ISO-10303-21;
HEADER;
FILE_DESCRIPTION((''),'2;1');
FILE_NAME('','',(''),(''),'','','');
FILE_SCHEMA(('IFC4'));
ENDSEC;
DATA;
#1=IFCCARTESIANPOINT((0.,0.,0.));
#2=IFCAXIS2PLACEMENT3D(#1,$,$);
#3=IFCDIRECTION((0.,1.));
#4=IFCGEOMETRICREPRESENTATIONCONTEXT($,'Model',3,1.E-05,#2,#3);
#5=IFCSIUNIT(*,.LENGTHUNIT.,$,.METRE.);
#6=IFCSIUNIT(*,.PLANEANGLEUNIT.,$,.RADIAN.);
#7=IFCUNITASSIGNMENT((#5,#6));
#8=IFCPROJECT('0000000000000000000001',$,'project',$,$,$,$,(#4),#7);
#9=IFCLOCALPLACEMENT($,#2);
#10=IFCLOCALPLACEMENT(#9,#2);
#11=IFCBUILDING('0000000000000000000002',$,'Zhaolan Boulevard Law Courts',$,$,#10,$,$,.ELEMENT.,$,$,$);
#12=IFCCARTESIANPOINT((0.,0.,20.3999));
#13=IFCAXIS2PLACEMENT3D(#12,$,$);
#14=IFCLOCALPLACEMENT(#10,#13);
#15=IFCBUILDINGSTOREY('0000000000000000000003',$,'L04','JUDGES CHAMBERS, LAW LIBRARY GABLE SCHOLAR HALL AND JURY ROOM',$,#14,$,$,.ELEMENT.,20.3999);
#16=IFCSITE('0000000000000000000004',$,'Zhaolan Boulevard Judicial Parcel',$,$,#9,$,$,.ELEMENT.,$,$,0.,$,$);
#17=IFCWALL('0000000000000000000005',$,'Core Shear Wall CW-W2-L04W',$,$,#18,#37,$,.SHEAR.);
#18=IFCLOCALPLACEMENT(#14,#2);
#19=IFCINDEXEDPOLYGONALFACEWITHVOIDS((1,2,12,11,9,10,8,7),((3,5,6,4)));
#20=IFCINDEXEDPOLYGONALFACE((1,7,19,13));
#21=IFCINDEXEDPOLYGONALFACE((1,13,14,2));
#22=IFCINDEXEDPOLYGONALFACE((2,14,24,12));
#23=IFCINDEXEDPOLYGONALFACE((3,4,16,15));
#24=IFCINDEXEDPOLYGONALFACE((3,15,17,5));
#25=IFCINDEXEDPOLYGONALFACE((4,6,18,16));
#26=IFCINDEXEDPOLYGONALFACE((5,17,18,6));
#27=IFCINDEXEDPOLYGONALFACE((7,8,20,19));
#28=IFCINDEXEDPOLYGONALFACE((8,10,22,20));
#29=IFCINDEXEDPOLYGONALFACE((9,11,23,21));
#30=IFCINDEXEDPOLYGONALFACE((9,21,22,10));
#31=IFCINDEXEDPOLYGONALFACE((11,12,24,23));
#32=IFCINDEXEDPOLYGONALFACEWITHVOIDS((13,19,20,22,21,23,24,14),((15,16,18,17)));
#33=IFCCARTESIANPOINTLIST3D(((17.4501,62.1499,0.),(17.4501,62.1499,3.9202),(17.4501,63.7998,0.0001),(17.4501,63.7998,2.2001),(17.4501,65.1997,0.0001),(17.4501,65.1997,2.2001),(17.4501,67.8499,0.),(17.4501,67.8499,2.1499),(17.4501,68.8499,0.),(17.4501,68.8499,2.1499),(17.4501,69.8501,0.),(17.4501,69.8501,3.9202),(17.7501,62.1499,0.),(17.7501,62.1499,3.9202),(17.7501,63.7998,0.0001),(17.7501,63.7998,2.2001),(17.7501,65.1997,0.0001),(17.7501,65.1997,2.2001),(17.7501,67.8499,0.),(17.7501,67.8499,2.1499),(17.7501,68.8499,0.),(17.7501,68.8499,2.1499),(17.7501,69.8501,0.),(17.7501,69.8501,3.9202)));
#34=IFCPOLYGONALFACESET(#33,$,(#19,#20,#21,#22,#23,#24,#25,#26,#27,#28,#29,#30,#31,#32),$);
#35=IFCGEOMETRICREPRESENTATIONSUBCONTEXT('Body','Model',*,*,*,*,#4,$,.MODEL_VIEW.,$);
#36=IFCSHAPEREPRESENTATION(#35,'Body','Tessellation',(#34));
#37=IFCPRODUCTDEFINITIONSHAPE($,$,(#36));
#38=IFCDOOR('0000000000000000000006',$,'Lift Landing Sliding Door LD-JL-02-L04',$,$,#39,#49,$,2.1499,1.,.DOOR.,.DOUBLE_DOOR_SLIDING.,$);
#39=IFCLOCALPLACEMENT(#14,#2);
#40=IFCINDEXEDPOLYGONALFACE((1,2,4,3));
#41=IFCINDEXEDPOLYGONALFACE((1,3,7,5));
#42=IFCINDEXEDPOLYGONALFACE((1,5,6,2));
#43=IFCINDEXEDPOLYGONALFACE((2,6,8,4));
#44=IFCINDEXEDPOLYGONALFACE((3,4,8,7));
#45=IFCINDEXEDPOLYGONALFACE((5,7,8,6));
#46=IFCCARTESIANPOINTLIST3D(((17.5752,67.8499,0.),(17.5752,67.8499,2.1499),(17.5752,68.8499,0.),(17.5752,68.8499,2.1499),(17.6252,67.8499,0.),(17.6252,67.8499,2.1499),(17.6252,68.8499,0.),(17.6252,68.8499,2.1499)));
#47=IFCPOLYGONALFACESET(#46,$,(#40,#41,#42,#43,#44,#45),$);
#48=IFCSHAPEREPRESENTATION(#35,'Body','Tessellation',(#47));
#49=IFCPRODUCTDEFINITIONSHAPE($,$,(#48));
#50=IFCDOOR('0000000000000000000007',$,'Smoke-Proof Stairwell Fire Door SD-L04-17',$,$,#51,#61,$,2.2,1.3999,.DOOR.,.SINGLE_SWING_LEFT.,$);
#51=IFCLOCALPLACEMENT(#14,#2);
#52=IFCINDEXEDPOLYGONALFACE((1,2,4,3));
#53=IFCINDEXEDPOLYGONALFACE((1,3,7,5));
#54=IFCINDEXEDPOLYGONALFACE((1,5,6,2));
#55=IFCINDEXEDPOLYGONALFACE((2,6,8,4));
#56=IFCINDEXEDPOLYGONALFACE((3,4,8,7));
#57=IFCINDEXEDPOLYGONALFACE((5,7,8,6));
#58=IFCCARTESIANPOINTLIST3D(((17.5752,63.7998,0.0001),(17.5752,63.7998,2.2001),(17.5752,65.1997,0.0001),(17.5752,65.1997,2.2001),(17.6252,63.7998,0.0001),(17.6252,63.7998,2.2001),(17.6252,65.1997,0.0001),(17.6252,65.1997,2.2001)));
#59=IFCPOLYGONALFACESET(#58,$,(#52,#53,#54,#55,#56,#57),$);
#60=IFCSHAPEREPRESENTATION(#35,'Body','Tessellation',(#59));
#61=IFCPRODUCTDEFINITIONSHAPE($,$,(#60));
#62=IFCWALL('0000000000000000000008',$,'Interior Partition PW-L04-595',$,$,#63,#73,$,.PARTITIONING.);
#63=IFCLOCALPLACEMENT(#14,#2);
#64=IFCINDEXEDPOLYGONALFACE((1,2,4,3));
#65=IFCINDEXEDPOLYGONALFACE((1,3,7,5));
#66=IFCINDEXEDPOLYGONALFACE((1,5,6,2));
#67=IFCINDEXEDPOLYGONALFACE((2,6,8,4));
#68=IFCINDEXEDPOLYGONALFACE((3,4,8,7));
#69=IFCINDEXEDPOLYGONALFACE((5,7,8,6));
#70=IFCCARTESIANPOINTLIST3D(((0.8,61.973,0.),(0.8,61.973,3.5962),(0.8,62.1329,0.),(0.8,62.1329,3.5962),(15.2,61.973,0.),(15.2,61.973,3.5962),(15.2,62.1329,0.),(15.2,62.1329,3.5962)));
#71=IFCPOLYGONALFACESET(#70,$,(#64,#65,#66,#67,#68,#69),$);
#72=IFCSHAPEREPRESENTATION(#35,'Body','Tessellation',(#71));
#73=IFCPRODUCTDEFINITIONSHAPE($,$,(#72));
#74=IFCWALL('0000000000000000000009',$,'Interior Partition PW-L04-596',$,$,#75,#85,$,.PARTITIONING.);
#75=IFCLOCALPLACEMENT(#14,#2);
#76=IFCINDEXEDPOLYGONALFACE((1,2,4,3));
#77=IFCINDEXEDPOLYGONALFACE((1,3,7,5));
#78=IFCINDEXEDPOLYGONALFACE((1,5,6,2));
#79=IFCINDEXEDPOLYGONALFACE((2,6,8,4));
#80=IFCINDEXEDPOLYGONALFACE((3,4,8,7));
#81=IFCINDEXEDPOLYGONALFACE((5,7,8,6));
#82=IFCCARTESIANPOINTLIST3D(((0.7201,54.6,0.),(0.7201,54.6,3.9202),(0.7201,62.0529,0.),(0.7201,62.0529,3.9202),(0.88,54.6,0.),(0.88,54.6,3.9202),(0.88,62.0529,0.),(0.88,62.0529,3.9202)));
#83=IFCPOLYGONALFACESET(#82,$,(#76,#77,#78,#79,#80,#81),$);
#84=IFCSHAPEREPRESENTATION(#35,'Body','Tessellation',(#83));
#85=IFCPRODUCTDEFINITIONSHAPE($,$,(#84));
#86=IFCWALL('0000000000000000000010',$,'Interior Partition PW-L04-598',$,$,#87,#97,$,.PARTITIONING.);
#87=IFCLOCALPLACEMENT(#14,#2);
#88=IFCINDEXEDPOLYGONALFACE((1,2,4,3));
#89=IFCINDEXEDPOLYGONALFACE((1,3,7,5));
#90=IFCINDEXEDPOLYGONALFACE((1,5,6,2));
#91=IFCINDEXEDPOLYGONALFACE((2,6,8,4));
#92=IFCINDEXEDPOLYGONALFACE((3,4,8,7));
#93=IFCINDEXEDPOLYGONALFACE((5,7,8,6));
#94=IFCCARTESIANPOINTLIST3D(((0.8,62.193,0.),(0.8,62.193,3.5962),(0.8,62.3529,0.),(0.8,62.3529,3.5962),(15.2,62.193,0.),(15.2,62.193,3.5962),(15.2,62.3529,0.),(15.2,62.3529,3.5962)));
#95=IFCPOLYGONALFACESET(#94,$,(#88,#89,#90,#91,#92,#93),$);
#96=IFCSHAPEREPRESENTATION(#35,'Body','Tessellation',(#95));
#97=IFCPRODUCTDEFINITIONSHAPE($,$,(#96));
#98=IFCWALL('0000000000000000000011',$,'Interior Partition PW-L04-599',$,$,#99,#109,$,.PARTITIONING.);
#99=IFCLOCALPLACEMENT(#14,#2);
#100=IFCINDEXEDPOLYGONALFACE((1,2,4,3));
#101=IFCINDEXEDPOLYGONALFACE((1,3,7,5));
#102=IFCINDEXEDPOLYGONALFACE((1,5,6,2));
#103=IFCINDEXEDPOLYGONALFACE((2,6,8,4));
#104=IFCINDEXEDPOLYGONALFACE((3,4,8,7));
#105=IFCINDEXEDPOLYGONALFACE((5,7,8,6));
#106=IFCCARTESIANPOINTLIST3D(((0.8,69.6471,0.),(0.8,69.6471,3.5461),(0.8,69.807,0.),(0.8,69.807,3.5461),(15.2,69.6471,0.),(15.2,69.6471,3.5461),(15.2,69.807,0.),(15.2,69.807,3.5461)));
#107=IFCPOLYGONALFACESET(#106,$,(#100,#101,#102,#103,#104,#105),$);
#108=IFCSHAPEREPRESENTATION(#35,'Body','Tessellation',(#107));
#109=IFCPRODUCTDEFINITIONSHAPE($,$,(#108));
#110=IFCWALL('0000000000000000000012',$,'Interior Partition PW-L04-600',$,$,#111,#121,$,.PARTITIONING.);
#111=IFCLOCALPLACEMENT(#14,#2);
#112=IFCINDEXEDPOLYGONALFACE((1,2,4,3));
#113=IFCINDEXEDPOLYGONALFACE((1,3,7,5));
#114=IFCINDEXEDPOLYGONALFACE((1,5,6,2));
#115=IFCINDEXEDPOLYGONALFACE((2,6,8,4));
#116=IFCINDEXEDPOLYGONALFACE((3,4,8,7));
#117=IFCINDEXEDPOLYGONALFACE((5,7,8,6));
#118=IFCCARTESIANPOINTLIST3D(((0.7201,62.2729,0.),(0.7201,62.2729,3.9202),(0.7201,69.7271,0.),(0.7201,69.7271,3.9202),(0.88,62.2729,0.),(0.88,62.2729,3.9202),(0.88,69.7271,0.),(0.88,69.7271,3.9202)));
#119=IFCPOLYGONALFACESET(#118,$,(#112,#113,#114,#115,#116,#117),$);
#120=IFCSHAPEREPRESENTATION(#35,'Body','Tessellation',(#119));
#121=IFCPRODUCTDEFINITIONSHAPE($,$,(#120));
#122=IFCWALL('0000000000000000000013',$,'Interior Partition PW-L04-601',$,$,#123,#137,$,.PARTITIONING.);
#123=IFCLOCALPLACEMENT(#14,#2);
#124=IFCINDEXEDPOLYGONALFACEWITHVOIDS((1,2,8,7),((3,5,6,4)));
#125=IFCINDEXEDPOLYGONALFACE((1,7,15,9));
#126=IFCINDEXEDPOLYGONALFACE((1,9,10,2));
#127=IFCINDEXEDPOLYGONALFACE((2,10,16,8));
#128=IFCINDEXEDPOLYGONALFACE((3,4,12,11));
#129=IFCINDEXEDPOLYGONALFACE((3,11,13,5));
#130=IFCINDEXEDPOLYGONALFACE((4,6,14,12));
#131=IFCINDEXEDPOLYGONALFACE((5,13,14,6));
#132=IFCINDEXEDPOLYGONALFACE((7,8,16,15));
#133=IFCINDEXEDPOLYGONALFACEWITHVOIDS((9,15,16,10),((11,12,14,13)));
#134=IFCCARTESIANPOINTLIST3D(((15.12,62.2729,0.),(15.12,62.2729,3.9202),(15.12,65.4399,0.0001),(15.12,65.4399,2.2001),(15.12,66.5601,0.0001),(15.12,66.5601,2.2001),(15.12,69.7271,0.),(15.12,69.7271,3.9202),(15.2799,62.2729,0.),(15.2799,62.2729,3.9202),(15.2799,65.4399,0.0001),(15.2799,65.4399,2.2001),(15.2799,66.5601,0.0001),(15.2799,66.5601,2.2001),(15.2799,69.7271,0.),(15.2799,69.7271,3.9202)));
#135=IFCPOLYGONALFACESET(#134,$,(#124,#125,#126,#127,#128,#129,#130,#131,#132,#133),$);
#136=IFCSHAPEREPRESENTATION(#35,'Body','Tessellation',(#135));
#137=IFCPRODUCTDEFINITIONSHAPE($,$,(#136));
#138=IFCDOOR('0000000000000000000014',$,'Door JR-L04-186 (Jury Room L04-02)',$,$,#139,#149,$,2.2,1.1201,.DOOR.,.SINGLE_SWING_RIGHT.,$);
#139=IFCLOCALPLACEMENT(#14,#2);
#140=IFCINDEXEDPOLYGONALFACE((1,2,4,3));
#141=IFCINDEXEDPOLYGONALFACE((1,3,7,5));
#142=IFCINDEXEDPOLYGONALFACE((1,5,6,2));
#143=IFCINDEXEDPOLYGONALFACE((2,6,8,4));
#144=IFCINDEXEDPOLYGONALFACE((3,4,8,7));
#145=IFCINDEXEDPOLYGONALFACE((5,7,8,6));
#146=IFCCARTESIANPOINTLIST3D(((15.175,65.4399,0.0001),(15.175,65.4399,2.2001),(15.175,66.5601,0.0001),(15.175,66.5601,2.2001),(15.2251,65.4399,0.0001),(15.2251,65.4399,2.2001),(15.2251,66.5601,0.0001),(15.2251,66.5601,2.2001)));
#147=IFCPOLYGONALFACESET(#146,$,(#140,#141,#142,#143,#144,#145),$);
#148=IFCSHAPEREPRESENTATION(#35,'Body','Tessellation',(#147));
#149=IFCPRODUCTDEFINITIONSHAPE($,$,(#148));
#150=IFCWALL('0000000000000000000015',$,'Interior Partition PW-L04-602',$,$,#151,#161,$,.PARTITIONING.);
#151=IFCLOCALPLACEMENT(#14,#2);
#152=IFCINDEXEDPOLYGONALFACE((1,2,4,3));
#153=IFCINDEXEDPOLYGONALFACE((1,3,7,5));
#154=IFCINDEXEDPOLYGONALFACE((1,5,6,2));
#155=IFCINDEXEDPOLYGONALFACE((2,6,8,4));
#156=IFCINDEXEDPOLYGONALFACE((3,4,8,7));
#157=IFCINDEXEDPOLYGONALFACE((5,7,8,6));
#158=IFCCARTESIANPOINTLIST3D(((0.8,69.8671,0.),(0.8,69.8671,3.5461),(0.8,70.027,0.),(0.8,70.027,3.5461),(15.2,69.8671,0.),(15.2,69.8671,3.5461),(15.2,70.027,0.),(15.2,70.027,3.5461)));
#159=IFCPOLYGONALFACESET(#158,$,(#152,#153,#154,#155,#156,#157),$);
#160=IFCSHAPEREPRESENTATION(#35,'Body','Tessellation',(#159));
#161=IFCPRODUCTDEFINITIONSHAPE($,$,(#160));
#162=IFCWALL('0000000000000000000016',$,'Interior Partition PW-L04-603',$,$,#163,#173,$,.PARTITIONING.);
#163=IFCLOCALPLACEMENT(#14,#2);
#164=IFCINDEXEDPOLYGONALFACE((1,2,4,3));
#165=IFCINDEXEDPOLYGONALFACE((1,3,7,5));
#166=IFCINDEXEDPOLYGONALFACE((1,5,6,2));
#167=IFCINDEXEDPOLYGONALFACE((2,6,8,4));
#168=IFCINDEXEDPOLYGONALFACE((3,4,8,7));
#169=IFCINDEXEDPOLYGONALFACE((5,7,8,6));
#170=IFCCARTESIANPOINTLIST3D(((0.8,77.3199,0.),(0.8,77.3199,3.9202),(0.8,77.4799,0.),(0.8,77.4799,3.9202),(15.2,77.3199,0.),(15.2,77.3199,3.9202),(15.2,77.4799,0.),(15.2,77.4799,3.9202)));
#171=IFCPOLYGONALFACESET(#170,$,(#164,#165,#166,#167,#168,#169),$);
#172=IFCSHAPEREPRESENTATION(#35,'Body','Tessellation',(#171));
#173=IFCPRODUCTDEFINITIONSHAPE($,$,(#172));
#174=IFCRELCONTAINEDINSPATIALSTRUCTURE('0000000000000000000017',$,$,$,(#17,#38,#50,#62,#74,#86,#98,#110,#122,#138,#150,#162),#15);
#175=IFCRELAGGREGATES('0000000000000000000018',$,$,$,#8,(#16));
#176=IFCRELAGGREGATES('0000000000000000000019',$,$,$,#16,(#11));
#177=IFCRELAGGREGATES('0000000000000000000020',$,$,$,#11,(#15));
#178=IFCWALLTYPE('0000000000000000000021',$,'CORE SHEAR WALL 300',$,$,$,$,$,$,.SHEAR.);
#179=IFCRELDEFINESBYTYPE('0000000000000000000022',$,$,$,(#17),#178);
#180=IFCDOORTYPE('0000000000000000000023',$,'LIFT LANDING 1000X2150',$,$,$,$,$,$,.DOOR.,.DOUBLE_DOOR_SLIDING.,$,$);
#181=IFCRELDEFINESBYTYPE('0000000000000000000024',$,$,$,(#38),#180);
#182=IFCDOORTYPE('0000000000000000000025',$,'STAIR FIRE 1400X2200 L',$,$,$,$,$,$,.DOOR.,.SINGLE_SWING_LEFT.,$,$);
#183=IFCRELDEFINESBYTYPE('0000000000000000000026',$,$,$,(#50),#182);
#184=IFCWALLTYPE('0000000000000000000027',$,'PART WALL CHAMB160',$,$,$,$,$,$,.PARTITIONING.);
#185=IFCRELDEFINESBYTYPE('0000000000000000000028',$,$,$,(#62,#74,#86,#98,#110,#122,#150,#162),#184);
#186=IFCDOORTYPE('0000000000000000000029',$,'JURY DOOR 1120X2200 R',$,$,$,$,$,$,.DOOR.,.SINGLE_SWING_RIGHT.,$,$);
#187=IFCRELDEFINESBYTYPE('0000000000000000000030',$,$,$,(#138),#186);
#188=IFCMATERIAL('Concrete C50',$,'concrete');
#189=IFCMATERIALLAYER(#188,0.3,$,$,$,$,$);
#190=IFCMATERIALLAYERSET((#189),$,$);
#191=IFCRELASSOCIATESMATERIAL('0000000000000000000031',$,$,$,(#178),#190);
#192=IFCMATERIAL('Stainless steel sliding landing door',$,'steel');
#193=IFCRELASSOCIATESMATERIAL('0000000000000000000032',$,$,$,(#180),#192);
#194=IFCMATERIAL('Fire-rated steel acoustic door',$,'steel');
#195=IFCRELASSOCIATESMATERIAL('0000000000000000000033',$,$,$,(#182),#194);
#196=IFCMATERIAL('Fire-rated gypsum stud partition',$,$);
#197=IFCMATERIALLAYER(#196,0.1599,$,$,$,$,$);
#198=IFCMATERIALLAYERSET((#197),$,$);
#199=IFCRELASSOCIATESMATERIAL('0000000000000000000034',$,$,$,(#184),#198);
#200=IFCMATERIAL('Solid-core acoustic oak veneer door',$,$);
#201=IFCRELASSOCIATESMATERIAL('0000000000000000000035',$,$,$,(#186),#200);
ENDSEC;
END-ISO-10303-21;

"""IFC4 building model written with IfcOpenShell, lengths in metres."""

from ifc_helpers import new_model, si_unit, direction, frame, frame_2d, origin, place, context, subcontext, project, spatial, rectangle, extrude, material, layer, layer_set, type_object, element, fill, save


model = new_model("IFC4")

# Units and contexts
model_context = context("Model", 3, precision=1e-05, world=origin(), true_north=direction((0.0, 1.0)))
body_context = subcontext(model_context, "Body", "Model", "MODEL_VIEW")
ifc_project = project(units=[si_unit("LENGTHUNIT", "METRE"), si_unit("PLANEANGLEUNIT", "RADIAN")], contexts=[model_context])

# Site, building, storey
site_placement = place(None, origin())
site = spatial("IfcSite", under=ifc_project, at=site_placement, Name="Zhaolan Boulevard Judicial Parcel", CompositionType="ELEMENT", RefElevation=0.0)
building_placement = place(site_placement, origin())
building = spatial("IfcBuilding", under=site, at=building_placement, Name="Zhaolan Boulevard Law Courts", CompositionType="ELEMENT")
storey_placement = place(building_placement, frame((0.0, 0.0, 20.3999)))
storey = spatial("IfcBuildingStorey", under=building, at=storey_placement, Name="L04", Description="JUDGES CHAMBERS, LAW LIBRARY GABLE SCHOLAR HALL AND JURY ROOM", CompositionType="ELEMENT", Elevation=20.3999)

# Shared definitions
ifc_material_1 = material(Name="Concrete C50", Category="concrete")
ifc_layer_1 = layer(ifc_material_1, 0.3)
ifc_layer_set_1 = layer_set([ifc_layer_1])
wall_type_1 = type_object("IfcWallType", Name="CORE SHEAR WALL 300", PredefinedType="SHEAR", material=ifc_layer_set_1)

# Wall, openings, doors
wall_1_placement = place(storey_placement, frame((17.6001, 62.1499, 0.0), z_axis=(0.0, 0.0, 1.0), x_axis=(0.0, 1.0, 0.0)))
wall_1 = element("IfcWall", 1, at=wall_1_placement, inside=storey, type_object=wall_type_1, Name="Core Shear Wall CW-W2-L04W", PredefinedType="SHEAR", context=body_context, shape_type="SweptSolid", body=[
    extrude(rectangle(XDim=7.7002, YDim=0.3, at=frame_2d((3.8501, 0.0))), origin(), (0.0, 0.0, 1.0), 3.9202),
])
opening_1_placement = place(wall_1_placement, frame((1.6499, 0.0, 0.0)))
opening_1 = element("IfcOpeningElement", 2, at=opening_1_placement, cuts=wall_1, PredefinedType="OPENING", context=body_context, shape_type="SweptSolid", body=[
    extrude(rectangle(XDim=1.3999, YDim=2.2, at=frame_2d((0.7, 1.1001))), frame((0.0, 0.1599, 0.0), z_axis=(0.0, -1.0, 0.0), x_axis=(1.0, 0.0, 0.0)), (0.0, 0.0, 1.0), 0.3201),
])
opening_2_placement = place(wall_1_placement, frame((5.7, 0.0, 0.0)))
opening_2 = element("IfcOpeningElement", 3, at=opening_2_placement, cuts=wall_1, PredefinedType="OPENING", context=body_context, shape_type="SweptSolid", body=[
    extrude(rectangle(XDim=1.0, YDim=2.1499, at=frame_2d((0.5, 1.075))), frame((0.0, 0.1599, 0.0), z_axis=(0.0, -1.0, 0.0), x_axis=(1.0, 0.0, 0.0)), (0.0, 0.0, 1.0), 0.3201),
])
ifc_material_2 = material(Name="Stainless steel sliding landing door", Category="steel")
door_type_1 = type_object("IfcDoorType", Name="LIFT LANDING 1000X2150", OperationType="DOUBLE_DOOR_SLIDING", PredefinedType="DOOR", material=ifc_material_2)
door_1_placement = place(opening_2_placement, origin())
door_1 = element("IfcDoor", 4, at=door_1_placement, inside=storey, type_object=door_type_1, Name="Lift Landing Sliding Door LD-JL-02-L04", OperationType="DOUBLE_DOOR_SLIDING", OverallHeight=2.1499, OverallWidth=1.0, PredefinedType="DOOR", context=body_context, shape_type="SweptSolid", body=[
    extrude(rectangle(XDim=1.0, YDim=2.1499, at=frame_2d((0.5, 1.075))), frame((0.0, 0.0249, 0.0), z_axis=(0.0, -1.0, 0.0), x_axis=(1.0, 0.0, 0.0)), (0.0, 0.0, 1.0), 0.05),
])
fill(opening_2, door_1)
ifc_material_3 = material(Name="Fire-rated steel acoustic door", Category="steel")
door_type_2 = type_object("IfcDoorType", Name="STAIR FIRE 1400X2200 L", OperationType="SINGLE_SWING_LEFT", PredefinedType="DOOR", material=ifc_material_3)
door_2_placement = place(opening_1_placement, origin())
door_2 = element("IfcDoor", 5, at=door_2_placement, inside=storey, type_object=door_type_2, Name="Smoke-Proof Stairwell Fire Door SD-L04-17", OperationType="SINGLE_SWING_LEFT", OverallHeight=2.2, OverallWidth=1.3999, PredefinedType="DOOR", context=body_context, shape_type="SweptSolid", body=[
    extrude(rectangle(XDim=1.3999, YDim=2.2, at=frame_2d((0.7, 1.1001))), frame((0.0, 0.0249, 0.0), z_axis=(0.0, -1.0, 0.0), x_axis=(1.0, 0.0, 0.0)), (0.0, 0.0, 1.0), 0.05),
])
fill(opening_1, door_2)

# Walls
ifc_material_4 = material(Name="Fire-rated gypsum stud partition")
ifc_layer_2 = layer(ifc_material_4, 0.1599)
ifc_layer_set_2 = layer_set([ifc_layer_2])
wall_type_2 = type_object("IfcWallType", Name="PART WALL CHAMB160", PredefinedType="PARTITIONING", material=ifc_layer_set_2)
wall_2_placement = place(storey_placement, frame((15.2, 62.053, 0.0), z_axis=(0.0, 0.0, 1.0), x_axis=(-1.0, 0.0, 0.0)))
element("IfcWall", 6, at=wall_2_placement, inside=storey, type_object=wall_type_2, Name="Interior Partition PW-L04-595", PredefinedType="PARTITIONING", context=body_context, shape_type="SweptSolid", body=[
    extrude(rectangle(XDim=14.3999, YDim=0.1599, at=frame_2d((7.2, 0.0))), origin(), (0.0, 0.0, 1.0), 3.5962),
])
wall_3_placement = place(storey_placement, frame((0.8, 62.053, 0.0), z_axis=(0.0, 0.0, 1.0), x_axis=(0.0, -1.0, 0.0)))
element("IfcWall", 7, at=wall_3_placement, inside=storey, type_object=wall_type_2, Name="Interior Partition PW-L04-596", PredefinedType="PARTITIONING", context=body_context, shape_type="SweptSolid", body=[
    extrude(rectangle(XDim=7.4529, YDim=0.1599, at=frame_2d((3.7266, 0.0))), origin(), (0.0, 0.0, 1.0), 3.9202),
])
wall_4_placement = place(storey_placement, frame((0.8, 62.2729, 0.0), z_axis=(0.0, 0.0, 1.0), x_axis=(1.0, 0.0, 0.0)))
element("IfcWall", 8, at=wall_4_placement, inside=storey, type_object=wall_type_2, Name="Interior Partition PW-L04-598", PredefinedType="PARTITIONING", context=body_context, shape_type="SweptSolid", body=[
    extrude(rectangle(XDim=14.3999, YDim=0.1599, at=frame_2d((7.2, 0.0))), origin(), (0.0, 0.0, 1.0), 3.5962),
])
wall_5_placement = place(storey_placement, frame((15.2, 69.7271, 0.0), z_axis=(0.0, 0.0, 1.0), x_axis=(-1.0, 0.0, 0.0)))
element("IfcWall", 9, at=wall_5_placement, inside=storey, type_object=wall_type_2, Name="Interior Partition PW-L04-599", PredefinedType="PARTITIONING", context=body_context, shape_type="SweptSolid", body=[
    extrude(rectangle(XDim=14.3999, YDim=0.1599, at=frame_2d((7.2, 0.0))), origin(), (0.0, 0.0, 1.0), 3.5461),
])
wall_6_placement = place(storey_placement, frame((0.8, 69.7271, 0.0), z_axis=(0.0, 0.0, 1.0), x_axis=(0.0, -1.0, 0.0)))
element("IfcWall", 10, at=wall_6_placement, inside=storey, type_object=wall_type_2, Name="Interior Partition PW-L04-600", PredefinedType="PARTITIONING", context=body_context, shape_type="SweptSolid", body=[
    extrude(rectangle(XDim=7.4541, YDim=0.1599, at=frame_2d((3.7271, 0.0))), origin(), (0.0, 0.0, 1.0), 3.9202),
])

# Wall, opening, door
wall_7_placement = place(storey_placement, frame((15.2, 62.2729, 0.0), z_axis=(0.0, 0.0, 1.0), x_axis=(0.0, 1.0, 0.0)))
wall_7 = element("IfcWall", 11, at=wall_7_placement, inside=storey, type_object=wall_type_2, Name="Interior Partition PW-L04-601", PredefinedType="PARTITIONING", context=body_context, shape_type="SweptSolid", body=[
    extrude(rectangle(XDim=7.4541, YDim=0.1599, at=frame_2d((3.7271, 0.0))), origin(), (0.0, 0.0, 1.0), 3.9202),
])
opening_3_placement = place(wall_7_placement, frame((3.167, 0.0, 0.0)))
opening_3 = element("IfcOpeningElement", 12, at=opening_3_placement, cuts=wall_7, PredefinedType="OPENING", context=body_context, shape_type="SweptSolid", body=[
    extrude(rectangle(XDim=1.1201, YDim=2.2, at=frame_2d((0.5601, 1.1001))), frame((0.0, 0.0898, 0.0), z_axis=(0.0, -1.0, 0.0), x_axis=(1.0, 0.0, 0.0)), (0.0, 0.0, 1.0), 0.1799),
])
ifc_material_5 = material(Name="Solid-core acoustic oak veneer door")
door_type_3 = type_object("IfcDoorType", Name="JURY DOOR 1120X2200 R", OperationType="SINGLE_SWING_RIGHT", PredefinedType="DOOR", material=ifc_material_5)
door_3_placement = place(opening_3_placement, origin())
door_3 = element("IfcDoor", 13, at=door_3_placement, inside=storey, type_object=door_type_3, Name="Door JR-L04-186 (Jury Room L04-02)", OperationType="SINGLE_SWING_RIGHT", OverallHeight=2.2, OverallWidth=1.1201, PredefinedType="DOOR", context=body_context, shape_type="SweptSolid", body=[
    extrude(rectangle(XDim=1.1201, YDim=2.2, at=frame_2d((0.5601, 1.1001))), frame((0.0, 0.0249, 0.0), z_axis=(0.0, -1.0, 0.0), x_axis=(1.0, 0.0, 0.0)), (0.0, 0.0, 1.0), 0.05),
])
fill(opening_3, door_3)

# Walls
wall_8_placement = place(storey_placement, frame((0.8, 69.947, 0.0), z_axis=(0.0, 0.0, 1.0), x_axis=(1.0, 0.0, 0.0)))
element("IfcWall", 14, at=wall_8_placement, inside=storey, type_object=wall_type_2, Name="Interior Partition PW-L04-602", PredefinedType="PARTITIONING", context=body_context, shape_type="SweptSolid", body=[
    extrude(rectangle(XDim=14.3999, YDim=0.1599, at=frame_2d((7.2, 0.0))), origin(), (0.0, 0.0, 1.0), 3.5461),
])
wall_9_placement = place(storey_placement, frame((15.2, 77.3999, 0.0), z_axis=(0.0, 0.0, 1.0), x_axis=(-1.0, 0.0, 0.0)))
element("IfcWall", 15, at=wall_9_placement, inside=storey, type_object=wall_type_2, Name="Interior Partition PW-L04-603", PredefinedType="PARTITIONING", context=body_context, shape_type="SweptSolid", body=[
    extrude(rectangle(XDim=14.3999, YDim=0.1599, at=frame_2d((7.2, 0.0))), origin(), (0.0, 0.0, 1.0), 3.9202),
])

save(model, "model.ifc")
